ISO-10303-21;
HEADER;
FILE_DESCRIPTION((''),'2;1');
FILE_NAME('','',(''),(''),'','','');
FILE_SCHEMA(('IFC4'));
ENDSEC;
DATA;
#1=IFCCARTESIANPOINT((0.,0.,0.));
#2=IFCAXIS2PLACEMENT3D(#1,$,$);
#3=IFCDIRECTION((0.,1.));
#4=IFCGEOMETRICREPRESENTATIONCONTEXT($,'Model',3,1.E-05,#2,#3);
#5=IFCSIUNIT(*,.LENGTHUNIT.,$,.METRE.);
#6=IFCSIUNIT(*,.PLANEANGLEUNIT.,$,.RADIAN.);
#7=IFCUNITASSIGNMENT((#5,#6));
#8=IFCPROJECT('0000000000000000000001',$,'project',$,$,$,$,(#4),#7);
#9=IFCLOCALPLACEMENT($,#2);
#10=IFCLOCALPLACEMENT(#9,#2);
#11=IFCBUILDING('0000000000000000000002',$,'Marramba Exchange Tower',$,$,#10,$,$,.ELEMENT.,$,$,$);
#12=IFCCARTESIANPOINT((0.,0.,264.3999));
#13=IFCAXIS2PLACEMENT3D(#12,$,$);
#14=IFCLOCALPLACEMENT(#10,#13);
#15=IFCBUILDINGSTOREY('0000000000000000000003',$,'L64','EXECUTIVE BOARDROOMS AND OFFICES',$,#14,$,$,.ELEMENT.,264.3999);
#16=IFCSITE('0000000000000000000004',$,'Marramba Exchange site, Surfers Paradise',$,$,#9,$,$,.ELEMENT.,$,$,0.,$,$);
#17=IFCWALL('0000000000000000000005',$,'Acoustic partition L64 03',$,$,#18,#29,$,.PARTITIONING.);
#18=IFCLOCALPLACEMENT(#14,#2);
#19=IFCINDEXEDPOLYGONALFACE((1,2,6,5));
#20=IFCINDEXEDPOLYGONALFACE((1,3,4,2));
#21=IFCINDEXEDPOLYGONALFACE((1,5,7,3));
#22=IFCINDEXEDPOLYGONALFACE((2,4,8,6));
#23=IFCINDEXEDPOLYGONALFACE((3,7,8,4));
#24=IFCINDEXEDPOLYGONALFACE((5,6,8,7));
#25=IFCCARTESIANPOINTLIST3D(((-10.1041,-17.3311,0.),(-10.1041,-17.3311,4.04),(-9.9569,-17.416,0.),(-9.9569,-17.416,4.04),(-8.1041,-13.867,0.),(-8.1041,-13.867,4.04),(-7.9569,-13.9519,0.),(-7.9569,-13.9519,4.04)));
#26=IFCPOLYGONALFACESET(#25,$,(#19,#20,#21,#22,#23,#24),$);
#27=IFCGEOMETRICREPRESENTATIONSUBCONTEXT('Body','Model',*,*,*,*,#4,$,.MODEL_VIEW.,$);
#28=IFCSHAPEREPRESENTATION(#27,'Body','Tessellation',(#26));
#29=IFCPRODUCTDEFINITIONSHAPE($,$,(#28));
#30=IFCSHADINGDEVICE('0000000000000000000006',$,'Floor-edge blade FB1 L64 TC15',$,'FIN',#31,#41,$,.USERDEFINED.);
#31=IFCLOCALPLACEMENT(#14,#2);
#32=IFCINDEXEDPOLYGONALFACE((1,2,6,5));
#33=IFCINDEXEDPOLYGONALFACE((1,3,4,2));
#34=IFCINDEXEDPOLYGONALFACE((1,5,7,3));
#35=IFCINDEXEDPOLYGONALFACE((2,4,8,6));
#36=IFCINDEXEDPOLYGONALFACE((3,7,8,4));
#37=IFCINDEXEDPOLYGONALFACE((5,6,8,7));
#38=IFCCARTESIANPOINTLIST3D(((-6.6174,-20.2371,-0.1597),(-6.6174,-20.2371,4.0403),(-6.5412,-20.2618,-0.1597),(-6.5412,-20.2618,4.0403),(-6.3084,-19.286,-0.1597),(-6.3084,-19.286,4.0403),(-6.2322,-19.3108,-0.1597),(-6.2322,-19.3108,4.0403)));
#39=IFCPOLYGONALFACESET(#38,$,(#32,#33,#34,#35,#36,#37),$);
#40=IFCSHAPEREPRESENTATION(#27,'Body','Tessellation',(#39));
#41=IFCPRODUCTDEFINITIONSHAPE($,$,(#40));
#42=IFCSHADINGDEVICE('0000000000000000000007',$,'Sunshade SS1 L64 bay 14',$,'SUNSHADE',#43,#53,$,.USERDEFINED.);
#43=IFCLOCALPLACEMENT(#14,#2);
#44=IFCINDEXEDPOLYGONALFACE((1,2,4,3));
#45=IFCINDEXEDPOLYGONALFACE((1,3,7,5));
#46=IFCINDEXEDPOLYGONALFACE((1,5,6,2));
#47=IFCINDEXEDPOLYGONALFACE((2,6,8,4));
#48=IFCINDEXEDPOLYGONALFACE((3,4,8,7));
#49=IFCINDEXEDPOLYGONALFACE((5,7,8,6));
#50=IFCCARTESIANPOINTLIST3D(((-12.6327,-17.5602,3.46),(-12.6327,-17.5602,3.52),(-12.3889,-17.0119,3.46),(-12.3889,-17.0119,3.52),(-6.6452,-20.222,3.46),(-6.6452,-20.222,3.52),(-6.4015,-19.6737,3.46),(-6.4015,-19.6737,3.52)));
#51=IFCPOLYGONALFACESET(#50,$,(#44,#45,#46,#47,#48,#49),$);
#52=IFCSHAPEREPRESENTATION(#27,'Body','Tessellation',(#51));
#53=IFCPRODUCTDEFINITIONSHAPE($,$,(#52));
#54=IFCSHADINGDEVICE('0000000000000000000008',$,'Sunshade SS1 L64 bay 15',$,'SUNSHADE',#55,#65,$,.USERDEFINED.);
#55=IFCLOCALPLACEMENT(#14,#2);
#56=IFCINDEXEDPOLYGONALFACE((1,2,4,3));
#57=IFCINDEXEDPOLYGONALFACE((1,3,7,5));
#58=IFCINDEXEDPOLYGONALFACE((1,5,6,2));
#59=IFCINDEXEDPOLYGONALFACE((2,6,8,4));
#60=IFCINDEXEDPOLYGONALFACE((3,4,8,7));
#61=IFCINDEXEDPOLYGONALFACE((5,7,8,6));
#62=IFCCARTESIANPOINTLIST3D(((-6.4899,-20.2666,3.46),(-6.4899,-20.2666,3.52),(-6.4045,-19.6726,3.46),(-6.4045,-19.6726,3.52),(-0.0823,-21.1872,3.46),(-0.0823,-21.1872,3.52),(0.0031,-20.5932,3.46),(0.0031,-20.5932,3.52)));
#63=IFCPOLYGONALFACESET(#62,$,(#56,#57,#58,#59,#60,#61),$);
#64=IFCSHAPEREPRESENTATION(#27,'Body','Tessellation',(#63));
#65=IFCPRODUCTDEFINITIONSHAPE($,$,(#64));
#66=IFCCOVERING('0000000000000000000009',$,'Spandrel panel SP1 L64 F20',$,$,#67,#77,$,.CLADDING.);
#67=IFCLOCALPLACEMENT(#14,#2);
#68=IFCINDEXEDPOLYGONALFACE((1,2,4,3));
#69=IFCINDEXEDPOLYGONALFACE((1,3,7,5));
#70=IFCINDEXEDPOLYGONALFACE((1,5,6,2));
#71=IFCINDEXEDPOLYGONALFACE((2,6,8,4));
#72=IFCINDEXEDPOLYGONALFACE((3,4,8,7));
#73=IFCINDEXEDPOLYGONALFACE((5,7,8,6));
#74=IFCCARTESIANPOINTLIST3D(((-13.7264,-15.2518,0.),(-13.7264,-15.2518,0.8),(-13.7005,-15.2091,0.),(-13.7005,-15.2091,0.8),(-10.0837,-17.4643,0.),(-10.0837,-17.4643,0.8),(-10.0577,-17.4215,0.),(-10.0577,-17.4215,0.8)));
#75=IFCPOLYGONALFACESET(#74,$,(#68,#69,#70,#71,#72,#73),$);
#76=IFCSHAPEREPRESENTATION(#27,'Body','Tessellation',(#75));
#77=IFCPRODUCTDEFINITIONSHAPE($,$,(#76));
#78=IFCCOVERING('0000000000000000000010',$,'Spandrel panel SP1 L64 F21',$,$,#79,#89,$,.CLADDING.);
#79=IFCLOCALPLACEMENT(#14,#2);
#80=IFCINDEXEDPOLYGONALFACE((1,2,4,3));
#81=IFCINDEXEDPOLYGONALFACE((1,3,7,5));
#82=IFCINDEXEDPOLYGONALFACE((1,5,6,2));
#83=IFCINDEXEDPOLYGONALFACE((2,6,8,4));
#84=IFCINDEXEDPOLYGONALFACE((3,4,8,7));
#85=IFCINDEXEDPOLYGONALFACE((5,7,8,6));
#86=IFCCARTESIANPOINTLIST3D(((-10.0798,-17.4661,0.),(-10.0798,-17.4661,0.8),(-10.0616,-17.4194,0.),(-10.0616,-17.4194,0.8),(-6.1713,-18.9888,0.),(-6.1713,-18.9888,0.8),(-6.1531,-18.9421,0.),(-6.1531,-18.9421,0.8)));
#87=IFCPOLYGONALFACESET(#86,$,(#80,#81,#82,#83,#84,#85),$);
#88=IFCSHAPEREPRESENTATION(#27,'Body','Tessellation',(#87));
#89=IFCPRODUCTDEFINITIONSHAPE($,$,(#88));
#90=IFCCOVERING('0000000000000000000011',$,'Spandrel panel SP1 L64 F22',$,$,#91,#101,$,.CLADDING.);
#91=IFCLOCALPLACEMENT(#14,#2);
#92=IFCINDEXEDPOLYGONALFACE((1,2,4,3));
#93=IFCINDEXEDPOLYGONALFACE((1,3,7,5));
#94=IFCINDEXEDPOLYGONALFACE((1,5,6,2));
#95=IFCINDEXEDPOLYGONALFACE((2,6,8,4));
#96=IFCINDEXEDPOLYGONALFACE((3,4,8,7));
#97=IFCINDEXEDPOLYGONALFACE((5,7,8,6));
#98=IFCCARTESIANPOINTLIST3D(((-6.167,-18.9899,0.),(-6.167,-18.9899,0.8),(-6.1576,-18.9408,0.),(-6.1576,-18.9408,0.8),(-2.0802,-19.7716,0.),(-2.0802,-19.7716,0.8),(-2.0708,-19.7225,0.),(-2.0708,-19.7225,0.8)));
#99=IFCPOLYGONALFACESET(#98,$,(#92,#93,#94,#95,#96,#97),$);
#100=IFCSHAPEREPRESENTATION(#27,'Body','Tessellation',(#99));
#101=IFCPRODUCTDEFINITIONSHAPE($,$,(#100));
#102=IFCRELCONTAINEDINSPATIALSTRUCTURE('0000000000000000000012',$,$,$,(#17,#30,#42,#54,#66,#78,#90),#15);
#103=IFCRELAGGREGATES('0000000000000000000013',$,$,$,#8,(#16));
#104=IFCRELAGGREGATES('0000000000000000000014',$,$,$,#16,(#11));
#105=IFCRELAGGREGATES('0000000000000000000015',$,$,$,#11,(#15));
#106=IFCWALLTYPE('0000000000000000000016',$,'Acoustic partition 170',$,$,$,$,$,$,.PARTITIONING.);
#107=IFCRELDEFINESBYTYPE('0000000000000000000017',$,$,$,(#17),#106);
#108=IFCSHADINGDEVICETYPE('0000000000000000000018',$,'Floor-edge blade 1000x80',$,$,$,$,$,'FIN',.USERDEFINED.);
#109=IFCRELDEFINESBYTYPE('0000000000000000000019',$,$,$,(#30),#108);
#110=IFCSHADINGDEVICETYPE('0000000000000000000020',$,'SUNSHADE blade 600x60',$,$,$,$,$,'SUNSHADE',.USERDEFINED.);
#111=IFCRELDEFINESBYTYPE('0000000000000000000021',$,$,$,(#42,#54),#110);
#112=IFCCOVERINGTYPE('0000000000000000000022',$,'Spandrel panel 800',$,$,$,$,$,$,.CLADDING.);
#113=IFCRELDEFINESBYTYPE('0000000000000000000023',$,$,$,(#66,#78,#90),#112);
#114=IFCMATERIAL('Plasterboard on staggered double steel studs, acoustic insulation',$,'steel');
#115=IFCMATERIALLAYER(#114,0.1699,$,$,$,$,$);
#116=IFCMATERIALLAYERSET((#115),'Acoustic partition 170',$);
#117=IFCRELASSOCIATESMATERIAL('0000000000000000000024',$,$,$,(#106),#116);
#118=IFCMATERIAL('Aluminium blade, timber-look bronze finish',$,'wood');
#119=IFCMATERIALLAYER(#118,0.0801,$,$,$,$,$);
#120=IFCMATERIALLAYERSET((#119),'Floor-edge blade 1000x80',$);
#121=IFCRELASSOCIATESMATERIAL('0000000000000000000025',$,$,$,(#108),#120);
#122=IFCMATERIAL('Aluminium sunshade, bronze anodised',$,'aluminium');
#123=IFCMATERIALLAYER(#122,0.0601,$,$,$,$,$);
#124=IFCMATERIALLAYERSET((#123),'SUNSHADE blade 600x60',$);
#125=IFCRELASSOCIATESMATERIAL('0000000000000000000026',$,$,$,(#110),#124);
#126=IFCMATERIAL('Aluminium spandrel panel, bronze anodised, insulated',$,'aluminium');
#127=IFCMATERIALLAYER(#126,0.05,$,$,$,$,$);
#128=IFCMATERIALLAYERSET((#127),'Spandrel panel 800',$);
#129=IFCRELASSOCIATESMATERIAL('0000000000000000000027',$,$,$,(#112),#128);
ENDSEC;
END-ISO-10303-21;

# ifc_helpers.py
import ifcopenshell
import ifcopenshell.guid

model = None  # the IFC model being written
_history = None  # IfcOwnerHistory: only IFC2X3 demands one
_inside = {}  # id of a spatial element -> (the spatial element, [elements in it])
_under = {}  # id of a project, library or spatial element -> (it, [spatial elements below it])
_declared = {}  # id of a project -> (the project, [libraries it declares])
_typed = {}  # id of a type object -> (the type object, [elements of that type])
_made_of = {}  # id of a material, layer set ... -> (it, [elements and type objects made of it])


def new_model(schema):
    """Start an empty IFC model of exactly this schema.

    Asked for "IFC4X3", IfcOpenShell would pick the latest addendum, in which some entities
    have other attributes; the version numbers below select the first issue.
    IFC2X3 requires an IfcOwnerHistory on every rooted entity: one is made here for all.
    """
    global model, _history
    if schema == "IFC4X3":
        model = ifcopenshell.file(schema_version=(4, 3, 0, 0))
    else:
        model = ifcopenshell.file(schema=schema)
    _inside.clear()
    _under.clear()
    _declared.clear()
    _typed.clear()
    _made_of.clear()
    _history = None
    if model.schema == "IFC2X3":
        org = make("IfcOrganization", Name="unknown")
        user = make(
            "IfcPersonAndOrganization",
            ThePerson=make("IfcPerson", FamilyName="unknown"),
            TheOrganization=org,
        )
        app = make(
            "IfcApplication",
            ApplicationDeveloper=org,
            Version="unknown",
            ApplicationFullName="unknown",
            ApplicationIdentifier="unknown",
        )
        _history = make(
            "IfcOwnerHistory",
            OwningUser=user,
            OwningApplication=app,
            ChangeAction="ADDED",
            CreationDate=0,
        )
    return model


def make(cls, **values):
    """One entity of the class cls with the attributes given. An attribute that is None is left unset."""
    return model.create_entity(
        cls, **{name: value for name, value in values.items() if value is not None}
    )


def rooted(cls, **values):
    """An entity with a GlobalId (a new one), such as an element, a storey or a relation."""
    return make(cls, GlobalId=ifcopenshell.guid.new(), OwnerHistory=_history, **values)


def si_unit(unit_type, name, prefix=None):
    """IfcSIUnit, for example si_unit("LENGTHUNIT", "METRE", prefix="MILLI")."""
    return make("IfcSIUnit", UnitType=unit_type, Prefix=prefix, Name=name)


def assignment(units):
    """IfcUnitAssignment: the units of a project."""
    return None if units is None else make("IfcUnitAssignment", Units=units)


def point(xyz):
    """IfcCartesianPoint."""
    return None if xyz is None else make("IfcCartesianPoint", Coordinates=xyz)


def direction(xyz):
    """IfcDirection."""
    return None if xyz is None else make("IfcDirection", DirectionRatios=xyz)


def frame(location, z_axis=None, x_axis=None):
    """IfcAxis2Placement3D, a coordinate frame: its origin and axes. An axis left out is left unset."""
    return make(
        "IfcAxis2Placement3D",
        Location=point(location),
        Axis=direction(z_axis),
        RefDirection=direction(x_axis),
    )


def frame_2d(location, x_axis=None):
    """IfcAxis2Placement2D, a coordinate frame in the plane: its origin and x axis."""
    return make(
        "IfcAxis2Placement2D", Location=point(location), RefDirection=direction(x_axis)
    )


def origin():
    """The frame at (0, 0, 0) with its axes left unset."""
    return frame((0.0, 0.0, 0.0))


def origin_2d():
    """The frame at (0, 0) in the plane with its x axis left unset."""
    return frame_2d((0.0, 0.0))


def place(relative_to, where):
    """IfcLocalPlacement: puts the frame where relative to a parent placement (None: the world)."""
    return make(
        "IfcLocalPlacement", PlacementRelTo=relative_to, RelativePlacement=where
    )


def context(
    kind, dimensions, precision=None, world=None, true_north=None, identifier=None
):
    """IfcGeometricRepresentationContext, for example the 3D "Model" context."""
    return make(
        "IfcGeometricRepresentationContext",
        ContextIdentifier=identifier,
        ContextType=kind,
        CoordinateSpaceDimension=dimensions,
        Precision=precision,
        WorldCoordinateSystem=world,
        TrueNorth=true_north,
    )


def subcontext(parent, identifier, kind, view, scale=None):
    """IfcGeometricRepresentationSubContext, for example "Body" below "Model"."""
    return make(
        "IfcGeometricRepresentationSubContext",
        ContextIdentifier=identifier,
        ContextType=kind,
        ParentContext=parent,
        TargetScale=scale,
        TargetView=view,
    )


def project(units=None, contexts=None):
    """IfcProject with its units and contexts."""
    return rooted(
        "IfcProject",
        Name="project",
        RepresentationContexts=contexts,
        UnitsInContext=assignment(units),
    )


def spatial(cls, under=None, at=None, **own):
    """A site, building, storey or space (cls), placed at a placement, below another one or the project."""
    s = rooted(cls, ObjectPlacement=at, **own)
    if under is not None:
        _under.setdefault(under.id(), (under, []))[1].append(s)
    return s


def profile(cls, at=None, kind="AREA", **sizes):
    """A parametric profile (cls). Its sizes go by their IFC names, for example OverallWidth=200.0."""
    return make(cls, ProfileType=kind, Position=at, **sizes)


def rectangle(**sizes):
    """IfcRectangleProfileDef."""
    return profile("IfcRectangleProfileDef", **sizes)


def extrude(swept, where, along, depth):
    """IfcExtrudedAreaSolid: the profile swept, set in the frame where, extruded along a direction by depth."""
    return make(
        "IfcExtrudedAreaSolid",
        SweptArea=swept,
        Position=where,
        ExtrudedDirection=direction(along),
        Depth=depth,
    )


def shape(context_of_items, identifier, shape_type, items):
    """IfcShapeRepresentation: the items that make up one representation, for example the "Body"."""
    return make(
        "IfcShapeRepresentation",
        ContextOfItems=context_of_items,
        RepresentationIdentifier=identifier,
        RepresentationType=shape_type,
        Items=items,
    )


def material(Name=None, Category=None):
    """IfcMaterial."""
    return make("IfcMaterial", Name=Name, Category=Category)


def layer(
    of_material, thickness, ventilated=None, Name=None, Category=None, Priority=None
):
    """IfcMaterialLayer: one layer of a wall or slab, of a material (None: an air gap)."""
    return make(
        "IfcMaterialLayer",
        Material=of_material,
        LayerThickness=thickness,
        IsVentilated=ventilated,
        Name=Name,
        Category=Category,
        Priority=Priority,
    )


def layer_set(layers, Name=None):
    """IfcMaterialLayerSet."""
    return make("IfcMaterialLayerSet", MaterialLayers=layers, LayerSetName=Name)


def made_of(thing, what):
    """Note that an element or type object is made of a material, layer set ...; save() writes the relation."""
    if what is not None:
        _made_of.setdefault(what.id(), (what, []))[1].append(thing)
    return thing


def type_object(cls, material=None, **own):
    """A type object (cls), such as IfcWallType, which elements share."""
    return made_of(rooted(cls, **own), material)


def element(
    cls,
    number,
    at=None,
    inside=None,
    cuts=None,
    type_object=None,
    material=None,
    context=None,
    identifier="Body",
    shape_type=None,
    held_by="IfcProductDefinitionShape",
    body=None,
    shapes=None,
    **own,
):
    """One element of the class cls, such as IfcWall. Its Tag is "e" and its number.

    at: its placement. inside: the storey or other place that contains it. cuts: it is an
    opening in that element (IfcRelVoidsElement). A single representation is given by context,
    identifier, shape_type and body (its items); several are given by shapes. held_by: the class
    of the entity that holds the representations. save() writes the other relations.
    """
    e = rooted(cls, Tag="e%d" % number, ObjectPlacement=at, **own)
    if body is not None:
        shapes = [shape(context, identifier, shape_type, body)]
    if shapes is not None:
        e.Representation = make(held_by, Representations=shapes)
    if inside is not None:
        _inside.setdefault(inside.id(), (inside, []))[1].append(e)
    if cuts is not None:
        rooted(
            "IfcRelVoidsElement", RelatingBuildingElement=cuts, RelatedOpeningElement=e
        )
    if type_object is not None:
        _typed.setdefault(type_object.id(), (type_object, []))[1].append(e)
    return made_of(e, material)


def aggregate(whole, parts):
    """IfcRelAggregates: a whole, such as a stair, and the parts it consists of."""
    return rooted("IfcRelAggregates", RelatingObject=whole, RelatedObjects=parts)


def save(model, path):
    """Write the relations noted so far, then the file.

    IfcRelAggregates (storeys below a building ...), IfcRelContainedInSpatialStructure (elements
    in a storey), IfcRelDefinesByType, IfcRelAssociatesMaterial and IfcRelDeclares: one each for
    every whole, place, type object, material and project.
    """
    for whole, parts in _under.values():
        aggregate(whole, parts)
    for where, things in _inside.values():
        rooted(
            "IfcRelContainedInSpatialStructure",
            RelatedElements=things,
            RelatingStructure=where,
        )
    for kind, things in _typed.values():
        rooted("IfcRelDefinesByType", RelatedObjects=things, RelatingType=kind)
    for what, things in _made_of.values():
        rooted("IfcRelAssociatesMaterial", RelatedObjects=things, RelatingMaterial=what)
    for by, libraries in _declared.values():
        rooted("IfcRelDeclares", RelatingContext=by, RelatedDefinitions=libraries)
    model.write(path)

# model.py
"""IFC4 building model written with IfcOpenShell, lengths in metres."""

from ifc_helpers import new_model, si_unit, direction, frame, frame_2d, origin, origin_2d, place, context, subcontext, project, spatial, rectangle, extrude, material, layer, layer_set, type_object, element, save


model = new_model("IFC4")

# Units and contexts
model_context = context("Model", 3, precision=1e-05, world=origin(), true_north=direction((0.0, 1.0)))
body_context = subcontext(model_context, "Body", "Model", "MODEL_VIEW")
ifc_project = project(units=[si_unit("LENGTHUNIT", "METRE"), si_unit("PLANEANGLEUNIT", "RADIAN")], contexts=[model_context])

# Site, building, storey
site_placement = place(None, origin())
site = spatial("IfcSite", under=ifc_project, at=site_placement, Name="Marramba Exchange site, Surfers Paradise", CompositionType="ELEMENT", RefElevation=0.0)
building_placement = place(site_placement, origin())
building = spatial("IfcBuilding", under=site, at=building_placement, Name="Marramba Exchange Tower", CompositionType="ELEMENT")
storey_placement = place(building_placement, frame((0.0, 0.0, 264.3999)))
storey = spatial("IfcBuildingStorey", under=building, at=storey_placement, Name="L64", Description="EXECUTIVE BOARDROOMS AND OFFICES", CompositionType="ELEMENT", Elevation=264.3999)

# Wall
ifc_material_1 = material(Name="Plasterboard on staggered double steel studs, acoustic insulation", Category="steel")
ifc_layer_1 = layer(ifc_material_1, 0.1699)
ifc_layer_set_1 = layer_set([ifc_layer_1], Name="Acoustic partition 170")
wall_type = type_object("IfcWallType", Name="Acoustic partition 170", PredefinedType="PARTITIONING", material=ifc_layer_set_1)
wall_placement = place(storey_placement, frame((-10.0305, -17.3735, 0.0), z_axis=(0.0, 0.0, 1.0), x_axis=(0.499999, 0.866026, 0.0)))
element("IfcWall", 1, at=wall_placement, inside=storey, type_object=wall_type, Name="Acoustic partition L64 03", PredefinedType="PARTITIONING", context=body_context, shape_type="SweptSolid", body=[
    extrude(rectangle(XDim=4.0, YDim=0.1699, at=frame_2d((2.0, 0.0))), origin(), (0.0, 0.0, 1.0), 4.04),
])

# Shading devices
ifc_material_2 = material(Name="Aluminium blade, timber-look bronze finish", Category="wood")
ifc_layer_2 = layer(ifc_material_2, 0.0801)
ifc_layer_set_2 = layer_set([ifc_layer_2], Name="Floor-edge blade 1000x80")
shading_device_type_1 = type_object("IfcShadingDeviceType", Name="Floor-edge blade 1000x80", ElementType="FIN", PredefinedType="USERDEFINED", material=ifc_layer_set_2)
shading_device_1_placement = place(storey_placement, frame((-6.4248, -19.7739, -0.1597), z_axis=(0.0, 0.0, 1.0), x_axis=(-0.309017, -0.951057, 0.0)))
element("IfcShadingDevice", 2, at=shading_device_1_placement, inside=storey, type_object=shading_device_type_1, Name="Floor-edge blade FB1 L64 TC15", ObjectType="FIN", PredefinedType="USERDEFINED", context=body_context, shape_type="SweptSolid", body=[
    extrude(rectangle(XDim=1.0, YDim=0.0801, at=origin_2d()), origin(), (0.0, 0.0, 1.0), 4.2),
])
ifc_material_3 = material(Name="Aluminium sunshade, bronze anodised", Category="aluminium")
ifc_layer_3 = layer(ifc_material_3, 0.0601)
ifc_layer_set_3 = layer_set([ifc_layer_3], Name="SUNSHADE blade 600x60")
shading_device_type_2 = type_object("IfcShadingDeviceType", Name="SUNSHADE blade 600x60", ElementType="SUNSHADE", PredefinedType="USERDEFINED", material=ifc_layer_set_3)
shading_device_2_placement = place(storey_placement, frame((-9.5171, -18.6169, 3.46), z_axis=(0.0, 0.0, 1.0), x_axis=(0.913771, -0.406229, 0.0)))
element("IfcShadingDevice", 3, at=shading_device_2_placement, inside=storey, type_object=shading_device_type_2, Name="Sunshade SS1 L64 bay 14", ObjectType="SUNSHADE", PredefinedType="USERDEFINED", context=body_context, shape_type="SweptSolid", body=[
    extrude(rectangle(XDim=6.5525, YDim=0.6001, at=origin_2d()), origin(), (0.0, 0.0, 1.0), 0.0601),
])
shading_device_3_placement = place(storey_placement, frame((-3.2434, -20.4299, 3.46), z_axis=(0.0, 0.0, 1.0), x_axis=(0.989837, -0.14221, 0.0)))
element("IfcShadingDevice", 4, at=shading_device_3_placement, inside=storey, type_object=shading_device_type_2, Name="Sunshade SS1 L64 bay 15", ObjectType="SUNSHADE", PredefinedType="USERDEFINED", context=body_context, shape_type="SweptSolid", body=[
    extrude(rectangle(XDim=6.4734, YDim=0.6001, at=origin_2d()), origin(), (0.0, 0.0, 1.0), 0.0601),
])

# Coverings
ifc_material_4 = material(Name="Aluminium spandrel panel, bronze anodised, insulated", Category="aluminium")
ifc_layer_4 = layer(ifc_material_4, 0.05)
ifc_layer_set_4 = layer_set([ifc_layer_4], Name="Spandrel panel 800")
covering_type = type_object("IfcCoveringType", Name="Spandrel panel 800", PredefinedType="CLADDING", material=ifc_layer_set_4)
covering_1_placement = place(storey_placement, frame((-11.8921, -16.3367, 0.0), z_axis=(0.0, 0.0, 1.0), x_axis=(0.854704, -0.519115, 0.0)))
element("IfcCovering", 5, at=covering_1_placement, inside=storey, type_object=covering_type, Name="Spandrel panel SP1 L64 F20", PredefinedType="CLADDING", context=body_context, shape_type="SweptSolid", body=[
    extrude(rectangle(XDim=4.262, YDim=0.05, at=origin_2d()), origin(), (0.0, 0.0, 1.0), 0.8),
])
covering_2_placement = place(storey_placement, frame((-8.1165, -18.2041, 0.0), z_axis=(0.0, 0.0, 1.0), x_axis=(0.931785, -0.36301, 0.0)))
element("IfcCovering", 6, at=covering_2_placement, inside=storey, type_object=covering_type, Name="Spandrel panel SP1 L64 F21", PredefinedType="CLADDING", context=body_context, shape_type="SweptSolid", body=[
    extrude(rectangle(XDim=4.1946, YDim=0.05, at=origin_2d()), origin(), (0.0, 0.0, 1.0), 0.8),
])
covering_3_placement = place(storey_placement, frame((-4.1189, -19.3562, 0.0), z_axis=(0.0, 0.0, 1.0), x_axis=(0.982193, -0.187873, 0.0)))
element("IfcCovering", 7, at=covering_3_placement, inside=storey, type_object=covering_type, Name="Spandrel panel SP1 L64 F22", PredefinedType="CLADDING", context=body_context, shape_type="SweptSolid", body=[
    extrude(rectangle(XDim=4.1609, YDim=0.05, at=origin_2d()), origin(), (0.0, 0.0, 1.0), 0.8),
])

save(model, "model.ifc")
